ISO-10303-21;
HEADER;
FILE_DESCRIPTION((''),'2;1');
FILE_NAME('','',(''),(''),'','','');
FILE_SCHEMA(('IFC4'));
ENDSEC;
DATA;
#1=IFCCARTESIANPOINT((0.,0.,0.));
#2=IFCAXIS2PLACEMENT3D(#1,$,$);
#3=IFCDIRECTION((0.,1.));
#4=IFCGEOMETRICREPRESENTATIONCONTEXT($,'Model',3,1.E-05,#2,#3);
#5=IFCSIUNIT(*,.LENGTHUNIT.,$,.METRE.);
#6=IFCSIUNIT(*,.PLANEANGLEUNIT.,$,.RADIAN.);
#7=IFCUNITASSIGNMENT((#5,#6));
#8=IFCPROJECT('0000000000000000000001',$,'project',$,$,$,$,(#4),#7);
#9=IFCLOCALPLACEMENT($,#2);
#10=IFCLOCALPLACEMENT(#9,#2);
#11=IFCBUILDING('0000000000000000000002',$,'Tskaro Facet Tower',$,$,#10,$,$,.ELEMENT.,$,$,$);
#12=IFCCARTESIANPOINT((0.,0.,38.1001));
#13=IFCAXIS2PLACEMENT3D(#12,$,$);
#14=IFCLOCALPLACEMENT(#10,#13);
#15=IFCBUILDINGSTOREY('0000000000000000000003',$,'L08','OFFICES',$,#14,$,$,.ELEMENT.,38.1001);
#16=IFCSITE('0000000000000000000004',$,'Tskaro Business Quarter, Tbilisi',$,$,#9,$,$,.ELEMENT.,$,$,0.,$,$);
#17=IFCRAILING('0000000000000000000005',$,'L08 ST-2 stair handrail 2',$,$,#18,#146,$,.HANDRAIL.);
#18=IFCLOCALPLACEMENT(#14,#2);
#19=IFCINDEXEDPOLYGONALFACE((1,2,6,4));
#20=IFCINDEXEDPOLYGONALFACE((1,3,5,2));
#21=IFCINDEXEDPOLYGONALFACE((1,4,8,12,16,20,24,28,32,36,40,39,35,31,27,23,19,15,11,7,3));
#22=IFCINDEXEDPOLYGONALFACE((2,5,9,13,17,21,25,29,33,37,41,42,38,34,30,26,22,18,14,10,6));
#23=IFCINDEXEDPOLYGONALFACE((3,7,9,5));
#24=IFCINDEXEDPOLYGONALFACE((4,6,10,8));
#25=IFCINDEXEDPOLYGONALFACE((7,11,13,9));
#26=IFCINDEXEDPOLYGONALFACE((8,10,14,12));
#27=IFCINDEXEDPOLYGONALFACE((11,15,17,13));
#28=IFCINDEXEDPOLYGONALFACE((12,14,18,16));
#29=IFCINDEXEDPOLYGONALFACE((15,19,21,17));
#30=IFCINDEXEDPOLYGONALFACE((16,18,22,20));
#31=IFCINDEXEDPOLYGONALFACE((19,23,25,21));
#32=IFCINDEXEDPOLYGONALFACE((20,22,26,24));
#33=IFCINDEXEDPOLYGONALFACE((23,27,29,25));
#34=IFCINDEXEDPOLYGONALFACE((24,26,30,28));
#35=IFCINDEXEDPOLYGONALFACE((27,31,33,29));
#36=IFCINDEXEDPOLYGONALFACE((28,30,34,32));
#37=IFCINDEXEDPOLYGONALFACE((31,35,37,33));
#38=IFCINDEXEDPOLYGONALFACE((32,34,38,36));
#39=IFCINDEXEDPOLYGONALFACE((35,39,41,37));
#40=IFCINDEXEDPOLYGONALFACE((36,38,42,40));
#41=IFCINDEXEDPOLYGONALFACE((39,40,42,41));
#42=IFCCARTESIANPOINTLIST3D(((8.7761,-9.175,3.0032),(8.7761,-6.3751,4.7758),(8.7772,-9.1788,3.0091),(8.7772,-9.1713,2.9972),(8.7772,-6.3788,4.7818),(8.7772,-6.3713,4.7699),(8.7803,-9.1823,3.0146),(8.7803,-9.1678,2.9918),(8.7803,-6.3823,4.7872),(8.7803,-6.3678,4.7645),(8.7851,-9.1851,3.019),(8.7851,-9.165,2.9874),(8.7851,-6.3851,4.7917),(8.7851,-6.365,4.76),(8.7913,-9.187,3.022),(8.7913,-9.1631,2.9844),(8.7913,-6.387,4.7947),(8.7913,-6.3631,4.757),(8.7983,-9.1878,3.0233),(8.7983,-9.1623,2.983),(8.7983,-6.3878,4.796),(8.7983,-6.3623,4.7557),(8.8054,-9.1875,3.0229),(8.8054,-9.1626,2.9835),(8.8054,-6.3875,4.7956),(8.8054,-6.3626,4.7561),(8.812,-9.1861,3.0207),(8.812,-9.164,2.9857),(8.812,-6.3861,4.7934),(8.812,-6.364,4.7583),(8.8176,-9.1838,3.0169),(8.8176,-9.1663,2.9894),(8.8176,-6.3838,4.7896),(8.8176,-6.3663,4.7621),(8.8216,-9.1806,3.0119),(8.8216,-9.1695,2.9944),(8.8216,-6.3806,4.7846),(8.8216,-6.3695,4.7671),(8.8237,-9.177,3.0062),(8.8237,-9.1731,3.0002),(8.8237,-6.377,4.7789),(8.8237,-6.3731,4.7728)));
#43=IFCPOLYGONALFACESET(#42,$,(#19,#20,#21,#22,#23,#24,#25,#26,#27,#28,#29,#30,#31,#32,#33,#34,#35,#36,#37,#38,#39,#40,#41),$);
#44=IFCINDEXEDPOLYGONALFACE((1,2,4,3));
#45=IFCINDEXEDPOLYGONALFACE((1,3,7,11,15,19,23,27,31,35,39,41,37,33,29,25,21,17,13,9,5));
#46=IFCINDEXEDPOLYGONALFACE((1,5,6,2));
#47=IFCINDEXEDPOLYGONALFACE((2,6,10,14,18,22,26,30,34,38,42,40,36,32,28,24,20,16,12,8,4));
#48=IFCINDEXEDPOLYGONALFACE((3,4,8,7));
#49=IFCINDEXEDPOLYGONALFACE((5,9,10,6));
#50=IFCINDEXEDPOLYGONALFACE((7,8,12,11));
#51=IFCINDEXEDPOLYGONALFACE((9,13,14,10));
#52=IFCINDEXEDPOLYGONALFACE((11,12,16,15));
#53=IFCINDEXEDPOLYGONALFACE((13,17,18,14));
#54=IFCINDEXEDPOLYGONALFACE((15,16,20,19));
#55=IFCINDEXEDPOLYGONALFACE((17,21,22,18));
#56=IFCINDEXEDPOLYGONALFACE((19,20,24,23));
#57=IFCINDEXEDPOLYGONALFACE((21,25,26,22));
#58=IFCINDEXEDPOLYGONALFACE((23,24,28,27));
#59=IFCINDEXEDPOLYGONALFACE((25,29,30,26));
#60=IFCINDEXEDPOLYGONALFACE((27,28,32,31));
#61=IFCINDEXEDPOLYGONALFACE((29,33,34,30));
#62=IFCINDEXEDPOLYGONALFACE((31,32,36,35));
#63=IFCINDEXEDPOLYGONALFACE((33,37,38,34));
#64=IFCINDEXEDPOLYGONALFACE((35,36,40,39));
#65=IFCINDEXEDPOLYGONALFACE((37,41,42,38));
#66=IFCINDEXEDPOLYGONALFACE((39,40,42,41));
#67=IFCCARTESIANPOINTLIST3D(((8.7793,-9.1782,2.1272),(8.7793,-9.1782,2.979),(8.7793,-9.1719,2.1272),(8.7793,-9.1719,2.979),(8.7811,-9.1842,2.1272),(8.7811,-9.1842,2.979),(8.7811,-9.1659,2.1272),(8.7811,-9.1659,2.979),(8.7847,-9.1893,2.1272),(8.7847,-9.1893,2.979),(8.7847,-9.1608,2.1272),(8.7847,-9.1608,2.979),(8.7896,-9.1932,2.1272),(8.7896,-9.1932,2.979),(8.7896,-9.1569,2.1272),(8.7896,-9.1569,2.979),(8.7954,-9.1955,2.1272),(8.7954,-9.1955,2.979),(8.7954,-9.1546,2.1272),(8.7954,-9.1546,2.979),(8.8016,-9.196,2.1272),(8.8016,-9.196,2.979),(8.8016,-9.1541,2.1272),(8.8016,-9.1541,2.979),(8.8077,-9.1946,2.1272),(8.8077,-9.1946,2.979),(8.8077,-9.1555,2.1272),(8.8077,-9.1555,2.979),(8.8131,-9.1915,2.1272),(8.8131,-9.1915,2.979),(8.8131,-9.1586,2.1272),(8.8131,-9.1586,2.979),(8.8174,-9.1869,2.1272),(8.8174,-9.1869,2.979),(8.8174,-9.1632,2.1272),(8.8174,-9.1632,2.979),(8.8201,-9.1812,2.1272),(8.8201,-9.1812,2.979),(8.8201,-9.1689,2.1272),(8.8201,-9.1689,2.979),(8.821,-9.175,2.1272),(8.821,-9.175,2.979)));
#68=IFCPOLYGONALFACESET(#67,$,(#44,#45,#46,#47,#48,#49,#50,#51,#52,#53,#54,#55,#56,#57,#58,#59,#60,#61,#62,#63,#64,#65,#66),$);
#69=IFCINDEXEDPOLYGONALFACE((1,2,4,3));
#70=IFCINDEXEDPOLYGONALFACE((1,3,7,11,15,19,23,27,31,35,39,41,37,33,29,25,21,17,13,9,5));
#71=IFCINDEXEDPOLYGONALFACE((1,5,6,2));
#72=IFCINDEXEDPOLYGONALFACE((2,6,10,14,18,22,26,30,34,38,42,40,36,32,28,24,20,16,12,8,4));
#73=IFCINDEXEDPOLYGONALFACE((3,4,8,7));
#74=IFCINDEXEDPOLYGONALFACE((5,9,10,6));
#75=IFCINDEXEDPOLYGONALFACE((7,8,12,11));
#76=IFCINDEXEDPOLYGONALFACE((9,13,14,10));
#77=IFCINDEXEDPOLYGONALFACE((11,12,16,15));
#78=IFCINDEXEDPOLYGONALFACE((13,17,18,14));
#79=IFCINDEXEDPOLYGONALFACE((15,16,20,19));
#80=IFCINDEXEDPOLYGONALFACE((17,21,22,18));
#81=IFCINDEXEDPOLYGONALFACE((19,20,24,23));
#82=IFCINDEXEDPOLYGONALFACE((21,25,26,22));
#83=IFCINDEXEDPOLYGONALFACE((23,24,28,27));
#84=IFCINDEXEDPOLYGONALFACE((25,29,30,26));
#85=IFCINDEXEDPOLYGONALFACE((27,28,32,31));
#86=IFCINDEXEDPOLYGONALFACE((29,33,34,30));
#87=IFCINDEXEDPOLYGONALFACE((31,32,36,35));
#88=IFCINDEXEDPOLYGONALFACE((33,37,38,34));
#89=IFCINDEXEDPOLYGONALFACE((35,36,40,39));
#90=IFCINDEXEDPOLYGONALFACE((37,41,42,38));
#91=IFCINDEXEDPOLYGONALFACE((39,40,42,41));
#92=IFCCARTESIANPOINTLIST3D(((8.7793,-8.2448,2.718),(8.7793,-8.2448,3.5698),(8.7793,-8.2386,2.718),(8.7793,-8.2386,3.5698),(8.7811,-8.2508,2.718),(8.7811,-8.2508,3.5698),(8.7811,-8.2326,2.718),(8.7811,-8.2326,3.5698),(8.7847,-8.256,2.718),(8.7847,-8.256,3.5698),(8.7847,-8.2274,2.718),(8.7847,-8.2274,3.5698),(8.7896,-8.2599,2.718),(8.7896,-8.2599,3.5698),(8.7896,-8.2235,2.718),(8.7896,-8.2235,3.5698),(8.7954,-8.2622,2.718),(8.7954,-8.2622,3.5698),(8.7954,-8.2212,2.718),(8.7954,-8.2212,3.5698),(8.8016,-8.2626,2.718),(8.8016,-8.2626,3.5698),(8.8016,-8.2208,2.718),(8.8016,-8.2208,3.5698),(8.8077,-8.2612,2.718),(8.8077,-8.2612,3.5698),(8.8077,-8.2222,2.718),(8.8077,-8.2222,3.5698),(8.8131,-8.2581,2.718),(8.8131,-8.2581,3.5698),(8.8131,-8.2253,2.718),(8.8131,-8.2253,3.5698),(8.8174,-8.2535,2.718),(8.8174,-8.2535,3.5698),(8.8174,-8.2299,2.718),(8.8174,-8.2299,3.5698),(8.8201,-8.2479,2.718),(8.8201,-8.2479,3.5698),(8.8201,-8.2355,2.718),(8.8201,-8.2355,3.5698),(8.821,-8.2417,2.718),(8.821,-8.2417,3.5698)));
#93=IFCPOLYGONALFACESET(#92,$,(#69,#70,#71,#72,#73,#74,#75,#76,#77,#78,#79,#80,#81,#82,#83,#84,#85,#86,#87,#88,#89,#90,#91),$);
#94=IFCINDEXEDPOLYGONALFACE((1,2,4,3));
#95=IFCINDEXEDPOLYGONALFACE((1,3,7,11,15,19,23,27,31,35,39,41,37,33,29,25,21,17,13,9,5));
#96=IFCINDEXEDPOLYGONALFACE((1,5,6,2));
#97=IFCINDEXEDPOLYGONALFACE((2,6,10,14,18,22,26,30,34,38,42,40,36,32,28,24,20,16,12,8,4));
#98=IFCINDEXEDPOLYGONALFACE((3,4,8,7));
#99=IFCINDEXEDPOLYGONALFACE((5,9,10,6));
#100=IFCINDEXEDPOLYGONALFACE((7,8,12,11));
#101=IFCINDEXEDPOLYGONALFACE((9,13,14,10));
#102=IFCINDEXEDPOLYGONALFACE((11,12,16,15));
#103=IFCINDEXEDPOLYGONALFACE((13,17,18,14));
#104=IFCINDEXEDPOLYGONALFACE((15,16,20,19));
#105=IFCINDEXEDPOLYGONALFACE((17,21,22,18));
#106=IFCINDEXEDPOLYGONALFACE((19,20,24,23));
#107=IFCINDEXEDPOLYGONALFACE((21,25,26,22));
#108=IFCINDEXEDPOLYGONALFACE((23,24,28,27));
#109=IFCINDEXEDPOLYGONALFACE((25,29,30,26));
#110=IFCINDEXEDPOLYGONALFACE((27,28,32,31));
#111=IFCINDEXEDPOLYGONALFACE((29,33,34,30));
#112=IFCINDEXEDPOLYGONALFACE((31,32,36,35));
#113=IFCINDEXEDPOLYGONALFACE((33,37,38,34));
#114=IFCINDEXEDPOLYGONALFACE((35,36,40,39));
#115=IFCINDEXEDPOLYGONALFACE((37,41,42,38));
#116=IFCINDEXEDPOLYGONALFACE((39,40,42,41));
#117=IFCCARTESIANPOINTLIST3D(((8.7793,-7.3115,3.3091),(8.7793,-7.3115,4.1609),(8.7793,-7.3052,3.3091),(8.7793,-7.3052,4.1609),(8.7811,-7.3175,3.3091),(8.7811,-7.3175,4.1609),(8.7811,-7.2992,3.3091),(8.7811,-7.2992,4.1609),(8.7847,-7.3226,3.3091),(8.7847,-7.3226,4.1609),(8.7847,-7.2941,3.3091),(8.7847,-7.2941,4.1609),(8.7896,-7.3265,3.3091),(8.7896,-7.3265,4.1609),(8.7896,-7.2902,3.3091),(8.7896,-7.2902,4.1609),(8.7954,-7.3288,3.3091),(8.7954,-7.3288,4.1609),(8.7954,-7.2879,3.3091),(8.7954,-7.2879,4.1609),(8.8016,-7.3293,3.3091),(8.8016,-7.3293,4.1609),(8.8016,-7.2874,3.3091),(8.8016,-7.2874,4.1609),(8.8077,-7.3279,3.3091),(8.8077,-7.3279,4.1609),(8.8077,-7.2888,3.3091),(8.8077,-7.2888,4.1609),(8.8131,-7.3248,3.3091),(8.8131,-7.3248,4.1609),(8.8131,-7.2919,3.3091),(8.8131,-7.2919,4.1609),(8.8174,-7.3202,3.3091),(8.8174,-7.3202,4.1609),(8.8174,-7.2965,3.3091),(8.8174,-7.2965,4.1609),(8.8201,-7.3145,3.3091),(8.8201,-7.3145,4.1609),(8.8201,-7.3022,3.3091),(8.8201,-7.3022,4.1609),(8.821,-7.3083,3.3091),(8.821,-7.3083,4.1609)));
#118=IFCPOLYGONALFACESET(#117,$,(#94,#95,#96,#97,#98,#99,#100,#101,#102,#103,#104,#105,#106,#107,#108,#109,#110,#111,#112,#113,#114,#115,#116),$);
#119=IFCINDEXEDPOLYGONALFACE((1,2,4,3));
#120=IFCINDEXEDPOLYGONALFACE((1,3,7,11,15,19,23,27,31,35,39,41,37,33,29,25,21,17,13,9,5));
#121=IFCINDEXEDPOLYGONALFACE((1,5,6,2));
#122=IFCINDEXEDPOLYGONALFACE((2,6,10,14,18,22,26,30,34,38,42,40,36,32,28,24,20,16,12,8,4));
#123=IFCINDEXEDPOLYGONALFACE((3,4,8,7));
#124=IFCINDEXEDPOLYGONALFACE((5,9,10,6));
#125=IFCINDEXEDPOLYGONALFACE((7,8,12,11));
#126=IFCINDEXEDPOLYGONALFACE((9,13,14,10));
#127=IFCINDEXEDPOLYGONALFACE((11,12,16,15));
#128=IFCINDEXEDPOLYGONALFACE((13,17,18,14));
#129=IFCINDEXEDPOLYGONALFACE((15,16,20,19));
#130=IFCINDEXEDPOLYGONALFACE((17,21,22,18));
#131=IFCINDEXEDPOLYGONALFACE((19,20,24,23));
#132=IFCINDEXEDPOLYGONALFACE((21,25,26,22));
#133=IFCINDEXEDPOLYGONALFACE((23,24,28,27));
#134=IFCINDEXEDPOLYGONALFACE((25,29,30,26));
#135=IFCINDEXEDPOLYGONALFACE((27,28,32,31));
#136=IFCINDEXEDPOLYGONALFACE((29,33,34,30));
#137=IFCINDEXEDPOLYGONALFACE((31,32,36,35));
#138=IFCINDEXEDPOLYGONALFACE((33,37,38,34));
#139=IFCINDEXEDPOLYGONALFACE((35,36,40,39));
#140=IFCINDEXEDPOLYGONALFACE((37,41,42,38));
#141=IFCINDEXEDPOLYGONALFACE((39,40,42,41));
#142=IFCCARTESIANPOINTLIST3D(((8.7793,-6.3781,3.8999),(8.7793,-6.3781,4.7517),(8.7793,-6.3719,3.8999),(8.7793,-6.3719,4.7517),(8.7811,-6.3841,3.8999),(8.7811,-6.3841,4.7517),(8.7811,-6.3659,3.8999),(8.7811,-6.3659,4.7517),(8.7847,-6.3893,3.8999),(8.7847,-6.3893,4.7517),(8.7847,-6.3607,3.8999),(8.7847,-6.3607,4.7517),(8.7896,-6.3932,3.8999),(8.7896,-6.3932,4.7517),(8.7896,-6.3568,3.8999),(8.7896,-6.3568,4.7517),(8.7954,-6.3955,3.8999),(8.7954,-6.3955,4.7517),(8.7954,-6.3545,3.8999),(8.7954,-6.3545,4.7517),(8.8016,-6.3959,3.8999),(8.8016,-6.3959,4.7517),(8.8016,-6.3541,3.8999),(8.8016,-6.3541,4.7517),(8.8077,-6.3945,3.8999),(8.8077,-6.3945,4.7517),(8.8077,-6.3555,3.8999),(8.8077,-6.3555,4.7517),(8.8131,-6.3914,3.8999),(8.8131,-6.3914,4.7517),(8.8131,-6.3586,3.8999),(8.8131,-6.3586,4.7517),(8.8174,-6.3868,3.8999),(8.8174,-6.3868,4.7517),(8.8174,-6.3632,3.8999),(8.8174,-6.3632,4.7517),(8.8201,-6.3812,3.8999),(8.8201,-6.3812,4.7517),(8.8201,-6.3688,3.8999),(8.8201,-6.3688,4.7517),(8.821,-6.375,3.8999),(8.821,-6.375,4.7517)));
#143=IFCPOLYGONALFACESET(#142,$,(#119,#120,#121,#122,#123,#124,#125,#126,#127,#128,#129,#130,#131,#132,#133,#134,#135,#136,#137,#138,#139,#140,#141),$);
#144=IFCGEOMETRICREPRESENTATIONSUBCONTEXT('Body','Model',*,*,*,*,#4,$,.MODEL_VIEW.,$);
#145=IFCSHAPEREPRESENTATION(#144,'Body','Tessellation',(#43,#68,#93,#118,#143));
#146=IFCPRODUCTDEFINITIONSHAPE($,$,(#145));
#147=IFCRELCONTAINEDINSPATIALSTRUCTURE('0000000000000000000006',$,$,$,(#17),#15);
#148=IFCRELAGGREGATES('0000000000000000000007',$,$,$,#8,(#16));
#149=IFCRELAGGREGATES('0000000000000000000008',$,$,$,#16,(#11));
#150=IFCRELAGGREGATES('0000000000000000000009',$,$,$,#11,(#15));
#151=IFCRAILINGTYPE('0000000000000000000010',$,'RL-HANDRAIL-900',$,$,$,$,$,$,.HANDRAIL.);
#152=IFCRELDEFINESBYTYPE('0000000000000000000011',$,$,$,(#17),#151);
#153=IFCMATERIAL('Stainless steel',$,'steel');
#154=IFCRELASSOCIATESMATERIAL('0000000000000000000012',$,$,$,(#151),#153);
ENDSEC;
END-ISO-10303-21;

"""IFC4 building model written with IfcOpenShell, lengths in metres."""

from ifc_helpers import new_model, si_unit, direction, frame, origin, origin_2d, place, context, subcontext, project, spatial, circle, extrude, material, type_object, element, save


model = new_model("IFC4")

# Units and contexts
model_context = context("Model", 3, precision=1e-05, world=origin(), true_north=direction((0.0, 1.0)))
body_context = subcontext(model_context, "Body", "Model", "MODEL_VIEW")
ifc_project = project(units=[si_unit("LENGTHUNIT", "METRE"), si_unit("PLANEANGLEUNIT", "RADIAN")], contexts=[model_context])

# Site, building, storey
site_placement = place(None, origin())
site = spatial("IfcSite", under=ifc_project, at=site_placement, Name="Tskaro Business Quarter, Tbilisi", CompositionType="ELEMENT", RefElevation=0.0)
building_placement = place(site_placement, origin())
building = spatial("IfcBuilding", under=site, at=building_placement, Name="Tskaro Facet Tower", CompositionType="ELEMENT")
storey_placement = place(building_placement, frame((0.0, 0.0, 38.1001)))
storey = spatial("IfcBuildingStorey", under=building, at=storey_placement, Name="L08", Description="OFFICES", CompositionType="ELEMENT", Elevation=38.1001)

# Railing
ifc_material_1 = material(Name="Stainless steel", Category="steel")
railing_type_1 = type_object("IfcRailingType", Name="RL-HANDRAIL-900", PredefinedType="HANDRAIL", material=ifc_material_1)
railing_1_placement = place(storey_placement, frame((8.8, -9.175, 2.1272)))
element("IfcRailing", 1, at=railing_1_placement, inside=storey, type_object=railing_type_1, Name="L08 ST-2 stair handrail 2", PredefinedType="HANDRAIL", context=body_context, shape_type="SweptSolid", body=[
    extrude(circle(Radius=0.0239, at=origin_2d()), frame((0.0, 0.0, 0.876), z_axis=(0.0, 0.844909, 0.53491), x_axis=(-1.0, 0.0, 0.0)), (0.0, 0.0, 1.0), 3.314),
    extrude(circle(Radius=0.021, at=origin_2d()), origin(), (0.0, 0.0, 1.0), 0.8518),
    extrude(circle(Radius=0.021, at=origin_2d()), frame((0.0, 0.9333, 0.5908)), (0.0, 0.0, 1.0), 0.8518),
    extrude(circle(Radius=0.021, at=origin_2d()), frame((0.0, 1.8667, 1.1819)), (0.0, 0.0, 1.0), 0.8518),
    extrude(circle(Radius=0.021, at=origin_2d()), frame((0.0, 2.8, 1.7727)), (0.0, 0.0, 1.0), 0.8518),
])

save(model, "model.ifc")
